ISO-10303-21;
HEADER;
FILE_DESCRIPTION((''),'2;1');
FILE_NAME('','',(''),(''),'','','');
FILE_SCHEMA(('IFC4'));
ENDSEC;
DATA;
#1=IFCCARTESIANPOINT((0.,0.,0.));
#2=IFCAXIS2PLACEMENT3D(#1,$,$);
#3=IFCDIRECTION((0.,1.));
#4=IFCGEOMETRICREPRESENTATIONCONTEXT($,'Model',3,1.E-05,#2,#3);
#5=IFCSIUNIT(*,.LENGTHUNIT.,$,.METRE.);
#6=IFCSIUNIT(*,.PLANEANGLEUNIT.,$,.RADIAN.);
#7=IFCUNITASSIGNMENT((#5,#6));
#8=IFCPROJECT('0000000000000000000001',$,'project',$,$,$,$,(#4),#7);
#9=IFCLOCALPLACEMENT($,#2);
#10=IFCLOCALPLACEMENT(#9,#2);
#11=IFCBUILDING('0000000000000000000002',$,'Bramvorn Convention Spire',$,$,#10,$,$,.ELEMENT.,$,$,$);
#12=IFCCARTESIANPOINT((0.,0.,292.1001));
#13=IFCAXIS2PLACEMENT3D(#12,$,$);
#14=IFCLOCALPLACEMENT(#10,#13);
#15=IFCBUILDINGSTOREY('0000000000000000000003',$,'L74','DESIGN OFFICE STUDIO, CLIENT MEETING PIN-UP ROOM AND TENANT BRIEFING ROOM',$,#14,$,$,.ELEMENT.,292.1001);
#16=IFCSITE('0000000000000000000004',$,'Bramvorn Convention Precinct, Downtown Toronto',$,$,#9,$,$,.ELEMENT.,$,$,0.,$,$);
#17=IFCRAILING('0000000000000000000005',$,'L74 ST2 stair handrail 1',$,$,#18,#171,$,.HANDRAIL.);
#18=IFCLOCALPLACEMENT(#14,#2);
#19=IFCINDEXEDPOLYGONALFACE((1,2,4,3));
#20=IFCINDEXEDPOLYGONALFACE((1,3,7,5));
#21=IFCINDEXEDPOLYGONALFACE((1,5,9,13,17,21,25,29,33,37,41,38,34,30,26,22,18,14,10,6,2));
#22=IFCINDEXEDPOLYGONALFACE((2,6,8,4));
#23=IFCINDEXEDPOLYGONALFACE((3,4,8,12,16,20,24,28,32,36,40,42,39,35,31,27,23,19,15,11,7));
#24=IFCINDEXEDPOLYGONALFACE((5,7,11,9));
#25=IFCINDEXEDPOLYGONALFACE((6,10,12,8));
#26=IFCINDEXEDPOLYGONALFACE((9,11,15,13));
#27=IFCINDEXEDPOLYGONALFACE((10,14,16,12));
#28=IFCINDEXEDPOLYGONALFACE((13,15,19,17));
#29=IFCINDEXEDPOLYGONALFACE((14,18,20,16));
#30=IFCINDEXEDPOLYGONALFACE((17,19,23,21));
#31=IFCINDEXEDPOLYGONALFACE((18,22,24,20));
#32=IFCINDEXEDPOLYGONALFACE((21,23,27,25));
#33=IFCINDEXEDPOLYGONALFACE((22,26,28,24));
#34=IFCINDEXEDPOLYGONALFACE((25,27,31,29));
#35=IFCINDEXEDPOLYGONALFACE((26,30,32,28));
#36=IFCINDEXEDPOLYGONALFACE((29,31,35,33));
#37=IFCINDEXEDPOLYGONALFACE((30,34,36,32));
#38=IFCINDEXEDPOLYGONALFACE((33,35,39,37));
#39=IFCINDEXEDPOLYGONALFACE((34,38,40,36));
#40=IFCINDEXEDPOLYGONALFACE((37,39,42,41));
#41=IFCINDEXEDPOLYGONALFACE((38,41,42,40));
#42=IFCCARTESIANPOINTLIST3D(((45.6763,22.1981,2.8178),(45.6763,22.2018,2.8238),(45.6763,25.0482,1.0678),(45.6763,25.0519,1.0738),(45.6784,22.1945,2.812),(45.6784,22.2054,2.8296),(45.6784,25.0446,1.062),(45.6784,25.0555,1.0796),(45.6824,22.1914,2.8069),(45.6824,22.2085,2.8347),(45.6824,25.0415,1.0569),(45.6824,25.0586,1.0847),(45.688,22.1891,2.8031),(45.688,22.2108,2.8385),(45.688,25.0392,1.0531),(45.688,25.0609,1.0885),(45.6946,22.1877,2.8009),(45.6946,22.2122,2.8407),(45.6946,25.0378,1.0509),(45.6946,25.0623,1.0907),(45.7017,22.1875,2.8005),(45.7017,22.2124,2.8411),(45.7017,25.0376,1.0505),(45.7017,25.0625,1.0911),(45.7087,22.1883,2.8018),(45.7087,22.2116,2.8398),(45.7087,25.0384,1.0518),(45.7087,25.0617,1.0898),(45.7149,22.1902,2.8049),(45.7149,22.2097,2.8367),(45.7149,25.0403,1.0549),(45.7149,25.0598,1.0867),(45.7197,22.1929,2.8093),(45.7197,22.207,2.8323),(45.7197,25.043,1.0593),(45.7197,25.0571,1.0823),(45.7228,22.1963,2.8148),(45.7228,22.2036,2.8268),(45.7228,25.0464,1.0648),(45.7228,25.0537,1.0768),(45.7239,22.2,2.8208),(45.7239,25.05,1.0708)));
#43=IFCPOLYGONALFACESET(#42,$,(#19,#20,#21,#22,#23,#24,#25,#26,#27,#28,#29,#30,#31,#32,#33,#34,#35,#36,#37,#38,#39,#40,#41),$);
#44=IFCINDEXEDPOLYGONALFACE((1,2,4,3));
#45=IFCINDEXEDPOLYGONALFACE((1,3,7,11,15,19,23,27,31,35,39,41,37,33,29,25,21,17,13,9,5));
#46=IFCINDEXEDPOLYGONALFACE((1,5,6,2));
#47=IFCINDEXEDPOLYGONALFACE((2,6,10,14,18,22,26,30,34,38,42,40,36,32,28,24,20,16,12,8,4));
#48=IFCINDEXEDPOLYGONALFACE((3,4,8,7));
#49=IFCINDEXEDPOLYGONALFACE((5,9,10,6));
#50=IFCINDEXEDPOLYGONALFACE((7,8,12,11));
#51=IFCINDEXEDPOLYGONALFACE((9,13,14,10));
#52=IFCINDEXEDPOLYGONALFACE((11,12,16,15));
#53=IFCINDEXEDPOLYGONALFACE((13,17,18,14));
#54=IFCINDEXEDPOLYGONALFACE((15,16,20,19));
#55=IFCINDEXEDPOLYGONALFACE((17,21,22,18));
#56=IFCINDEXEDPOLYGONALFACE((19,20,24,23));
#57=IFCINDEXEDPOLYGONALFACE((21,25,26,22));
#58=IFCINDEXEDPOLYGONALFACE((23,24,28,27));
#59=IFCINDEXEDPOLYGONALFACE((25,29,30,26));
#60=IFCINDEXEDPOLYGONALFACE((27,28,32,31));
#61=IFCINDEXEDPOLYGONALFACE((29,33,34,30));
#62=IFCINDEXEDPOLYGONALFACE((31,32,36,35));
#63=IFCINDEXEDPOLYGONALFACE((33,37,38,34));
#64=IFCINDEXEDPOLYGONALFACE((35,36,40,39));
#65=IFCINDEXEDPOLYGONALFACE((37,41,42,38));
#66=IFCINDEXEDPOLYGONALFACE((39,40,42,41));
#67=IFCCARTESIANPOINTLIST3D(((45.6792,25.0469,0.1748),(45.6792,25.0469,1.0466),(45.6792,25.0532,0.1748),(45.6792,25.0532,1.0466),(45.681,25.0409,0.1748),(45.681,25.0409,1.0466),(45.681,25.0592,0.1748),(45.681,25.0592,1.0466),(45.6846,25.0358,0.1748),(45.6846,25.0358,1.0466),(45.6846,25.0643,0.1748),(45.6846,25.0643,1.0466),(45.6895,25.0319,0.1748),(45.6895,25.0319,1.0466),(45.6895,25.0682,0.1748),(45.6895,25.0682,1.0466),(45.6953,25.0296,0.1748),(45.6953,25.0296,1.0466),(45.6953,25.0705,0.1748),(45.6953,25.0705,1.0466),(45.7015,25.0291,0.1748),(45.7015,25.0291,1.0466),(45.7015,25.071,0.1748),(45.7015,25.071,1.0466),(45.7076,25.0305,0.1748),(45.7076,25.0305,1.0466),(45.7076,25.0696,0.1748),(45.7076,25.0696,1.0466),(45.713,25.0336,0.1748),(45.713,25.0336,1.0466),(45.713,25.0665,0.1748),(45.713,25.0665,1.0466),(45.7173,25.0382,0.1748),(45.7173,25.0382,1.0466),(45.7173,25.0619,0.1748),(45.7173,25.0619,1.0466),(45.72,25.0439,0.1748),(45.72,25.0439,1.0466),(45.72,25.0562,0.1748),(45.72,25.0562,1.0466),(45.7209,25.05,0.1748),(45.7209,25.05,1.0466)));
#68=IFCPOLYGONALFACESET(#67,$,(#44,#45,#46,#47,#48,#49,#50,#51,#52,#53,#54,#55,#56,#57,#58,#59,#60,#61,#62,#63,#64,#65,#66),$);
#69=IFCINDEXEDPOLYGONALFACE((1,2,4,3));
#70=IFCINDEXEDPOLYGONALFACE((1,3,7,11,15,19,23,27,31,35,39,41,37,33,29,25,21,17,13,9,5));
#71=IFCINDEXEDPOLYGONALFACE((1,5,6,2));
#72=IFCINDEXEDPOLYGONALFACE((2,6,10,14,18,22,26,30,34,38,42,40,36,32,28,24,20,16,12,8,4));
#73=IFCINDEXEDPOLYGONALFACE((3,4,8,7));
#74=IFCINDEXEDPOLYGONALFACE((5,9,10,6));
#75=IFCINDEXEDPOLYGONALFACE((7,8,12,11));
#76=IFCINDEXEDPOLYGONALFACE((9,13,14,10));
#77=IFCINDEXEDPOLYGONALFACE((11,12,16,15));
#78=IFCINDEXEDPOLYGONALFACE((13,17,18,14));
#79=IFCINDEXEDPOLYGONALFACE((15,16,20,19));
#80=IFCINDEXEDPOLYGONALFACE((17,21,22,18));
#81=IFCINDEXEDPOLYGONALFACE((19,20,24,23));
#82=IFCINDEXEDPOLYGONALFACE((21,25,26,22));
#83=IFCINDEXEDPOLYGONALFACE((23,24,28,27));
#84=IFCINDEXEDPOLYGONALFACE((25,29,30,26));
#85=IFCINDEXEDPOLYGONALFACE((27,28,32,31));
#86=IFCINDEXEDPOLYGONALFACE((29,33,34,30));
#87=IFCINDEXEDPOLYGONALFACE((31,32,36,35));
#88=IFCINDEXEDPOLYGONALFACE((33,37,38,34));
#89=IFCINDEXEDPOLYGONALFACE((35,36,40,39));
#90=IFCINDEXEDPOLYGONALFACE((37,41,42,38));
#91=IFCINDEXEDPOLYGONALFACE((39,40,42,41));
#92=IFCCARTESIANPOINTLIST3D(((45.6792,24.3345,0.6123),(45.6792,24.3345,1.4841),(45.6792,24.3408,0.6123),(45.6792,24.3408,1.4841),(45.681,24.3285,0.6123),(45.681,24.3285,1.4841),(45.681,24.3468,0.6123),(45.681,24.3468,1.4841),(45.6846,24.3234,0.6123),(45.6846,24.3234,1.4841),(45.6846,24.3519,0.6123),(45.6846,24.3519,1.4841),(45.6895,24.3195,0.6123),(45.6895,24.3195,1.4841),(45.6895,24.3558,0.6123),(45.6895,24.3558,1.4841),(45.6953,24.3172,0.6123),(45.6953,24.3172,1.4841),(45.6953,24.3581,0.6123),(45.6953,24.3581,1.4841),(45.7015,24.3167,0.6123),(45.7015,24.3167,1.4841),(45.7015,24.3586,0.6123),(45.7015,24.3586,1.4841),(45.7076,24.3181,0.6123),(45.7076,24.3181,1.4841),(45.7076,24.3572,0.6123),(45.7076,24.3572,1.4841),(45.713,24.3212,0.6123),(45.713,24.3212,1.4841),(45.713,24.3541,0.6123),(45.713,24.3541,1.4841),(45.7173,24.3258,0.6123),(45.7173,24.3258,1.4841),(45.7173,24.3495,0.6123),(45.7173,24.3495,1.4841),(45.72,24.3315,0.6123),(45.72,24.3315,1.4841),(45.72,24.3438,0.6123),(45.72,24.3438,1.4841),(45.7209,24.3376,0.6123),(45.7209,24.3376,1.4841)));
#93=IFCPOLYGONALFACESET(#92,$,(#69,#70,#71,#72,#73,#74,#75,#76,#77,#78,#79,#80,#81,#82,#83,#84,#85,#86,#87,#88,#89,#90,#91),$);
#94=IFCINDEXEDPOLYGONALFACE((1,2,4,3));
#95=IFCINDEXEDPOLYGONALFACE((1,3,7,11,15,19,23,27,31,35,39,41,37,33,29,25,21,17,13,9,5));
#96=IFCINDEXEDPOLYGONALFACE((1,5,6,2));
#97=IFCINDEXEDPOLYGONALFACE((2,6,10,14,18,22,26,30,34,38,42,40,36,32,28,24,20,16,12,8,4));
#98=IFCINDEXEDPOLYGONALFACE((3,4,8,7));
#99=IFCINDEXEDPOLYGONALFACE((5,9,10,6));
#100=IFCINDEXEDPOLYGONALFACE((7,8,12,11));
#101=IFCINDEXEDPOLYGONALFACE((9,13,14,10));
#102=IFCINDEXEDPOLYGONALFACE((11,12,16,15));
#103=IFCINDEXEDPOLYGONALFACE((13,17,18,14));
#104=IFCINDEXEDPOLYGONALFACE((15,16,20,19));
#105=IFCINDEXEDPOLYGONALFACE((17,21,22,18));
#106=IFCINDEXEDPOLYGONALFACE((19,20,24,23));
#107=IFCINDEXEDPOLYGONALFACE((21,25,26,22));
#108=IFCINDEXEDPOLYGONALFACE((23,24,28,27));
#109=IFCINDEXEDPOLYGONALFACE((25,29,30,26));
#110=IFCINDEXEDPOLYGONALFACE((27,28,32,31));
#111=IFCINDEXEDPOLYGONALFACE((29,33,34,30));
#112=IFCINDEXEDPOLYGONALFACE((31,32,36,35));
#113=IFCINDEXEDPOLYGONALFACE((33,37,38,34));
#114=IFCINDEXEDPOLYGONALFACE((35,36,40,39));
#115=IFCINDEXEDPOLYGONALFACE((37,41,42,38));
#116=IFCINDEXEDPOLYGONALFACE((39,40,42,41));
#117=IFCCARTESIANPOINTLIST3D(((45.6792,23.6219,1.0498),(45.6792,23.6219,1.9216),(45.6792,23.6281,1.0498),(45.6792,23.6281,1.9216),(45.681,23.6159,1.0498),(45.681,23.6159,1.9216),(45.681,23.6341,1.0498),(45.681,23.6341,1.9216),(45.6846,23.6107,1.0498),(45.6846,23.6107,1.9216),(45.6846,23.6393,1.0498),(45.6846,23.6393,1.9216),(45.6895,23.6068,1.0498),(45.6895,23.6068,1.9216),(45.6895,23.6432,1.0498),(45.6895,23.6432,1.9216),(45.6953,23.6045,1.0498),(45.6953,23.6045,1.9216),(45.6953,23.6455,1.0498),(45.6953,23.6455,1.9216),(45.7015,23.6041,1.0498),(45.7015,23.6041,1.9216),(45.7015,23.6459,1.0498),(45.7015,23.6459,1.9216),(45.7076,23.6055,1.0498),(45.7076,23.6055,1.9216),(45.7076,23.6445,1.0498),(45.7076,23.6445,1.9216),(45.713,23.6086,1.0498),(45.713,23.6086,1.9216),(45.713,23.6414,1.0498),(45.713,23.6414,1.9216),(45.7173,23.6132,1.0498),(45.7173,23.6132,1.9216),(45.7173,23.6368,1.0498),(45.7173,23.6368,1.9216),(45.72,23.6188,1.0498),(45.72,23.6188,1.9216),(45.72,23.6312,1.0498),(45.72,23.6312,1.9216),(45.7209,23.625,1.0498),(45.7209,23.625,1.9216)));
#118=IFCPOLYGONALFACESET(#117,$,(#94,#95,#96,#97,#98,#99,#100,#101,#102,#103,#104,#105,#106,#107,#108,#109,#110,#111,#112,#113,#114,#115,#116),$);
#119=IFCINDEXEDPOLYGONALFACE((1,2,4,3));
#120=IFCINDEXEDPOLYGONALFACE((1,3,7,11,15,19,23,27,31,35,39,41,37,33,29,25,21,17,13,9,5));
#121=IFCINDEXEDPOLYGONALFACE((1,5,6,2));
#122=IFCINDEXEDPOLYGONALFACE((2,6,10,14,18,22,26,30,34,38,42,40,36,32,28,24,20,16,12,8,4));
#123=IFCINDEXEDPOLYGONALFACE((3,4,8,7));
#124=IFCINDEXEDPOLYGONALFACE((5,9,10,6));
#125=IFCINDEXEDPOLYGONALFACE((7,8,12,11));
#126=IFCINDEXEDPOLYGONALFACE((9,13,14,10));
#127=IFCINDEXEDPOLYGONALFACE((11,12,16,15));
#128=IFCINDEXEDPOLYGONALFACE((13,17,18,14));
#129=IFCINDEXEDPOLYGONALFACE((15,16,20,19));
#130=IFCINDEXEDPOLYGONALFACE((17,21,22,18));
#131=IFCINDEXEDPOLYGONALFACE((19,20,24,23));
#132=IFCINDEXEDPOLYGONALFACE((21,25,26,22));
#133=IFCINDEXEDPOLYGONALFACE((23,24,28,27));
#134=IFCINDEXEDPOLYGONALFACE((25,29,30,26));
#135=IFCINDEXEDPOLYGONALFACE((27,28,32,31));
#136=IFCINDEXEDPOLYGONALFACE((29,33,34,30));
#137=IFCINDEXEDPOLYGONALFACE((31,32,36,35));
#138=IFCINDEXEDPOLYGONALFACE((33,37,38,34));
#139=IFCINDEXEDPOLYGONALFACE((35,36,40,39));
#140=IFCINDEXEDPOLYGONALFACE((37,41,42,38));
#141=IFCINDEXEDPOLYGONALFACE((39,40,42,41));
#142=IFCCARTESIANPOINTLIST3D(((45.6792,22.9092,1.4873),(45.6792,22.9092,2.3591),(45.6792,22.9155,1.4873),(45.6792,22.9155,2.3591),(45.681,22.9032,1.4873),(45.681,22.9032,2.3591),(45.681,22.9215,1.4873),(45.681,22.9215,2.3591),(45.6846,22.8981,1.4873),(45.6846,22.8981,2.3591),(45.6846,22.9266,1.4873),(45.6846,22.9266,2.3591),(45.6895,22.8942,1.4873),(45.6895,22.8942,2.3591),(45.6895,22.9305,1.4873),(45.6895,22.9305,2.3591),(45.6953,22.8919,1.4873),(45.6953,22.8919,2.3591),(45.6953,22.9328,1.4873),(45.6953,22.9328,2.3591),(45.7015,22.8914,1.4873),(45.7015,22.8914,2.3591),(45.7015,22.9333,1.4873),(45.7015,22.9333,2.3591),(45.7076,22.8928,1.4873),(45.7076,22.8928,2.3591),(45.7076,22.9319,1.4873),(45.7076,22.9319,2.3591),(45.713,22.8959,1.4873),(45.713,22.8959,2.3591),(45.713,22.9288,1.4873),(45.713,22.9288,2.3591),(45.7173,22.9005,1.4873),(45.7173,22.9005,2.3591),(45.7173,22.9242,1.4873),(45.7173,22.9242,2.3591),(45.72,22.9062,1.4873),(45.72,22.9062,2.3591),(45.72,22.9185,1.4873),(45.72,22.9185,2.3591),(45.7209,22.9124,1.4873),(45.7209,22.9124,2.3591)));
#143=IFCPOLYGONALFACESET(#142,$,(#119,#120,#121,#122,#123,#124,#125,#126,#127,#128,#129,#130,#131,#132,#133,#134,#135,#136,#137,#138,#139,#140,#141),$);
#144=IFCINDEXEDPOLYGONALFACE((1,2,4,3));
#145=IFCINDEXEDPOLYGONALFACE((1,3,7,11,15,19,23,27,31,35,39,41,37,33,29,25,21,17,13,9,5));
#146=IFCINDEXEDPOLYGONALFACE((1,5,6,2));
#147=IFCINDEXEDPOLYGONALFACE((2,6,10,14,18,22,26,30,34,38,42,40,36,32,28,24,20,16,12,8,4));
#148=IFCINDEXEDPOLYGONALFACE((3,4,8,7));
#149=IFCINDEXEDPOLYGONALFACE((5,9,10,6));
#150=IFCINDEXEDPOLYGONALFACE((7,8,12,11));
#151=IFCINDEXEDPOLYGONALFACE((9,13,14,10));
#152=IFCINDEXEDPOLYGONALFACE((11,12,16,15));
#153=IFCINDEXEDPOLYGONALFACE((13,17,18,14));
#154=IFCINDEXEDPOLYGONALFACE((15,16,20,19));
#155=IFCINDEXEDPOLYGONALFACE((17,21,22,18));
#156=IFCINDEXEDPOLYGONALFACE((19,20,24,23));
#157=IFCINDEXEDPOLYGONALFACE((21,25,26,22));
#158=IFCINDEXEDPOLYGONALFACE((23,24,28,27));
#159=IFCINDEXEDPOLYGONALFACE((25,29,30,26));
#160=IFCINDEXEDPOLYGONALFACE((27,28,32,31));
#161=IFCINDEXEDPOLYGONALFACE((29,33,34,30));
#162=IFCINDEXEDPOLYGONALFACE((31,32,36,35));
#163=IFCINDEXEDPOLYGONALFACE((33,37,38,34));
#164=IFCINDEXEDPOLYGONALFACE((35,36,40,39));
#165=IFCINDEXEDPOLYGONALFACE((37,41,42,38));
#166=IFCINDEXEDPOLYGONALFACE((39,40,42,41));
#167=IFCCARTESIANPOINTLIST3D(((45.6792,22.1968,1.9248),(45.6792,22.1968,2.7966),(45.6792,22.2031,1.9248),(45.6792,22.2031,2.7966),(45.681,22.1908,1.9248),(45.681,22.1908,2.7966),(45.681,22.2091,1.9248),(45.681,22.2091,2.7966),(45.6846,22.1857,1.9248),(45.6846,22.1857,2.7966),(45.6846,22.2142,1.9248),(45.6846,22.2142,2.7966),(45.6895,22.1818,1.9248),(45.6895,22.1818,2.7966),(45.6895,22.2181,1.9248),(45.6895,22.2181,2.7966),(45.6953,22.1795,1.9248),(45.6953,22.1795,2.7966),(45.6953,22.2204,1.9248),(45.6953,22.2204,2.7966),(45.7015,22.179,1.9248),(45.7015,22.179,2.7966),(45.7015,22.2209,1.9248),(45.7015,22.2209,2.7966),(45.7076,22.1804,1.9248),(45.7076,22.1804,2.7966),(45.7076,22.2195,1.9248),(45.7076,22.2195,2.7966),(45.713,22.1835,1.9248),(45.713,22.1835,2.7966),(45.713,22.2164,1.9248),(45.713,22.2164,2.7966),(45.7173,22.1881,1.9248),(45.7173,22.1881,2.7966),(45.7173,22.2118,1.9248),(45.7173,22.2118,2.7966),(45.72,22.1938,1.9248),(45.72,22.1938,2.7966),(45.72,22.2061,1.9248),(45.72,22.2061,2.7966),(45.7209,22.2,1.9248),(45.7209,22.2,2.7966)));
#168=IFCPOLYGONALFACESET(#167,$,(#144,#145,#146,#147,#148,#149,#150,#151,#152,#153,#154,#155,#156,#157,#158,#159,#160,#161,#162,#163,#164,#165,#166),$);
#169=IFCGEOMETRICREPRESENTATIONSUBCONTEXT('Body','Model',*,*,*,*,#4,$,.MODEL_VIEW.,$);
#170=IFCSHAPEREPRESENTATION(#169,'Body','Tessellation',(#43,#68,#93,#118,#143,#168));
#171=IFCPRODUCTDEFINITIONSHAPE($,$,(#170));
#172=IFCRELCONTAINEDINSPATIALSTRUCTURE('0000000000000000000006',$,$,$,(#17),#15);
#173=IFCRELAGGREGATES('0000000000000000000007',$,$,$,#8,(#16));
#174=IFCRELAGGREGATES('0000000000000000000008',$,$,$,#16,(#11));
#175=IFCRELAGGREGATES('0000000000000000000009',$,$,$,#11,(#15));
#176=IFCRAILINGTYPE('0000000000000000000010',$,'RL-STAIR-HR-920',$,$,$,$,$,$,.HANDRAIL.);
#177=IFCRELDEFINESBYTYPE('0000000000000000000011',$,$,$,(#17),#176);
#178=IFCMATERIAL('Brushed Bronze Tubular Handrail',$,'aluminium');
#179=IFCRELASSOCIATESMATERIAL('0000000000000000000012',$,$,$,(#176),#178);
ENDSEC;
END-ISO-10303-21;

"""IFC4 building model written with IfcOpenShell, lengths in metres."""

from ifc_helpers import new_model, si_unit, direction, frame, origin, origin_2d, place, context, subcontext, project, spatial, circle, extrude, material, type_object, element, save


model = new_model("IFC4")

# Units and contexts
model_context = context("Model", 3, precision=1e-05, world=origin(), true_north=direction((0.0, 1.0)))
body_context = subcontext(model_context, "Body", "Model", "MODEL_VIEW")
ifc_project = project(units=[si_unit("LENGTHUNIT", "METRE"), si_unit("PLANEANGLEUNIT", "RADIAN")], contexts=[model_context])

# Site, building, storey
site_placement = place(None, origin())
site = spatial("IfcSite", under=ifc_project, at=site_placement, Name="Bramvorn Convention Precinct, Downtown Toronto", CompositionType="ELEMENT", RefElevation=0.0)
building_placement = place(site_placement, origin())
building = spatial("IfcBuilding", under=site, at=building_placement, Name="Bramvorn Convention Spire", CompositionType="ELEMENT")
storey_placement = place(building_placement, frame((0.0, 0.0, 292.1001)))
storey = spatial("IfcBuildingStorey", under=building, at=storey_placement, Name="L74", Description="DESIGN OFFICE STUDIO, CLIENT MEETING PIN-UP ROOM AND TENANT BRIEFING ROOM", CompositionType="ELEMENT", Elevation=292.1001)

# Railing
ifc_material_1 = material(Name="Brushed Bronze Tubular Handrail", Category="aluminium")
railing_type_1 = type_object("IfcRailingType", Name="RL-STAIR-HR-920", PredefinedType="HANDRAIL", material=ifc_material_1)
railing_1_placement = place(storey_placement, frame((45.7, 25.05, 0.1748)))
element("IfcRailing", 1, at=railing_1_placement, inside=storey, type_object=railing_type_1, Name="L74 ST2 stair handrail 1", PredefinedType="HANDRAIL", context=body_context, shape_type="SweptSolid", body=[
    extrude(circle(Radius=0.0239, at=origin_2d()), frame((0.0, 0.0, 0.896), z_axis=(0.0, -0.852179, 0.52325), x_axis=(1.0, 0.0, 0.0)), (0.0, 0.0, 1.0), 3.3445),
    extrude(circle(Radius=0.021, at=origin_2d()), origin(), (0.0, 0.0, 1.0), 0.8718),
    extrude(circle(Radius=0.021, at=origin_2d()), frame((0.0, -0.7124, 0.4375)), (0.0, 0.0, 1.0), 0.8718),
    extrude(circle(Radius=0.021, at=origin_2d()), frame((0.0, -1.425, 0.875)), (0.0, 0.0, 1.0), 0.8718),
    extrude(circle(Radius=0.021, at=origin_2d()), frame((0.0, -2.1377, 1.3125)), (0.0, 0.0, 1.0), 0.8718),
    extrude(circle(Radius=0.021, at=origin_2d()), frame((0.0, -2.8501, 1.75)), (0.0, 0.0, 1.0), 0.8718),
])

save(model, "model.ifc")
